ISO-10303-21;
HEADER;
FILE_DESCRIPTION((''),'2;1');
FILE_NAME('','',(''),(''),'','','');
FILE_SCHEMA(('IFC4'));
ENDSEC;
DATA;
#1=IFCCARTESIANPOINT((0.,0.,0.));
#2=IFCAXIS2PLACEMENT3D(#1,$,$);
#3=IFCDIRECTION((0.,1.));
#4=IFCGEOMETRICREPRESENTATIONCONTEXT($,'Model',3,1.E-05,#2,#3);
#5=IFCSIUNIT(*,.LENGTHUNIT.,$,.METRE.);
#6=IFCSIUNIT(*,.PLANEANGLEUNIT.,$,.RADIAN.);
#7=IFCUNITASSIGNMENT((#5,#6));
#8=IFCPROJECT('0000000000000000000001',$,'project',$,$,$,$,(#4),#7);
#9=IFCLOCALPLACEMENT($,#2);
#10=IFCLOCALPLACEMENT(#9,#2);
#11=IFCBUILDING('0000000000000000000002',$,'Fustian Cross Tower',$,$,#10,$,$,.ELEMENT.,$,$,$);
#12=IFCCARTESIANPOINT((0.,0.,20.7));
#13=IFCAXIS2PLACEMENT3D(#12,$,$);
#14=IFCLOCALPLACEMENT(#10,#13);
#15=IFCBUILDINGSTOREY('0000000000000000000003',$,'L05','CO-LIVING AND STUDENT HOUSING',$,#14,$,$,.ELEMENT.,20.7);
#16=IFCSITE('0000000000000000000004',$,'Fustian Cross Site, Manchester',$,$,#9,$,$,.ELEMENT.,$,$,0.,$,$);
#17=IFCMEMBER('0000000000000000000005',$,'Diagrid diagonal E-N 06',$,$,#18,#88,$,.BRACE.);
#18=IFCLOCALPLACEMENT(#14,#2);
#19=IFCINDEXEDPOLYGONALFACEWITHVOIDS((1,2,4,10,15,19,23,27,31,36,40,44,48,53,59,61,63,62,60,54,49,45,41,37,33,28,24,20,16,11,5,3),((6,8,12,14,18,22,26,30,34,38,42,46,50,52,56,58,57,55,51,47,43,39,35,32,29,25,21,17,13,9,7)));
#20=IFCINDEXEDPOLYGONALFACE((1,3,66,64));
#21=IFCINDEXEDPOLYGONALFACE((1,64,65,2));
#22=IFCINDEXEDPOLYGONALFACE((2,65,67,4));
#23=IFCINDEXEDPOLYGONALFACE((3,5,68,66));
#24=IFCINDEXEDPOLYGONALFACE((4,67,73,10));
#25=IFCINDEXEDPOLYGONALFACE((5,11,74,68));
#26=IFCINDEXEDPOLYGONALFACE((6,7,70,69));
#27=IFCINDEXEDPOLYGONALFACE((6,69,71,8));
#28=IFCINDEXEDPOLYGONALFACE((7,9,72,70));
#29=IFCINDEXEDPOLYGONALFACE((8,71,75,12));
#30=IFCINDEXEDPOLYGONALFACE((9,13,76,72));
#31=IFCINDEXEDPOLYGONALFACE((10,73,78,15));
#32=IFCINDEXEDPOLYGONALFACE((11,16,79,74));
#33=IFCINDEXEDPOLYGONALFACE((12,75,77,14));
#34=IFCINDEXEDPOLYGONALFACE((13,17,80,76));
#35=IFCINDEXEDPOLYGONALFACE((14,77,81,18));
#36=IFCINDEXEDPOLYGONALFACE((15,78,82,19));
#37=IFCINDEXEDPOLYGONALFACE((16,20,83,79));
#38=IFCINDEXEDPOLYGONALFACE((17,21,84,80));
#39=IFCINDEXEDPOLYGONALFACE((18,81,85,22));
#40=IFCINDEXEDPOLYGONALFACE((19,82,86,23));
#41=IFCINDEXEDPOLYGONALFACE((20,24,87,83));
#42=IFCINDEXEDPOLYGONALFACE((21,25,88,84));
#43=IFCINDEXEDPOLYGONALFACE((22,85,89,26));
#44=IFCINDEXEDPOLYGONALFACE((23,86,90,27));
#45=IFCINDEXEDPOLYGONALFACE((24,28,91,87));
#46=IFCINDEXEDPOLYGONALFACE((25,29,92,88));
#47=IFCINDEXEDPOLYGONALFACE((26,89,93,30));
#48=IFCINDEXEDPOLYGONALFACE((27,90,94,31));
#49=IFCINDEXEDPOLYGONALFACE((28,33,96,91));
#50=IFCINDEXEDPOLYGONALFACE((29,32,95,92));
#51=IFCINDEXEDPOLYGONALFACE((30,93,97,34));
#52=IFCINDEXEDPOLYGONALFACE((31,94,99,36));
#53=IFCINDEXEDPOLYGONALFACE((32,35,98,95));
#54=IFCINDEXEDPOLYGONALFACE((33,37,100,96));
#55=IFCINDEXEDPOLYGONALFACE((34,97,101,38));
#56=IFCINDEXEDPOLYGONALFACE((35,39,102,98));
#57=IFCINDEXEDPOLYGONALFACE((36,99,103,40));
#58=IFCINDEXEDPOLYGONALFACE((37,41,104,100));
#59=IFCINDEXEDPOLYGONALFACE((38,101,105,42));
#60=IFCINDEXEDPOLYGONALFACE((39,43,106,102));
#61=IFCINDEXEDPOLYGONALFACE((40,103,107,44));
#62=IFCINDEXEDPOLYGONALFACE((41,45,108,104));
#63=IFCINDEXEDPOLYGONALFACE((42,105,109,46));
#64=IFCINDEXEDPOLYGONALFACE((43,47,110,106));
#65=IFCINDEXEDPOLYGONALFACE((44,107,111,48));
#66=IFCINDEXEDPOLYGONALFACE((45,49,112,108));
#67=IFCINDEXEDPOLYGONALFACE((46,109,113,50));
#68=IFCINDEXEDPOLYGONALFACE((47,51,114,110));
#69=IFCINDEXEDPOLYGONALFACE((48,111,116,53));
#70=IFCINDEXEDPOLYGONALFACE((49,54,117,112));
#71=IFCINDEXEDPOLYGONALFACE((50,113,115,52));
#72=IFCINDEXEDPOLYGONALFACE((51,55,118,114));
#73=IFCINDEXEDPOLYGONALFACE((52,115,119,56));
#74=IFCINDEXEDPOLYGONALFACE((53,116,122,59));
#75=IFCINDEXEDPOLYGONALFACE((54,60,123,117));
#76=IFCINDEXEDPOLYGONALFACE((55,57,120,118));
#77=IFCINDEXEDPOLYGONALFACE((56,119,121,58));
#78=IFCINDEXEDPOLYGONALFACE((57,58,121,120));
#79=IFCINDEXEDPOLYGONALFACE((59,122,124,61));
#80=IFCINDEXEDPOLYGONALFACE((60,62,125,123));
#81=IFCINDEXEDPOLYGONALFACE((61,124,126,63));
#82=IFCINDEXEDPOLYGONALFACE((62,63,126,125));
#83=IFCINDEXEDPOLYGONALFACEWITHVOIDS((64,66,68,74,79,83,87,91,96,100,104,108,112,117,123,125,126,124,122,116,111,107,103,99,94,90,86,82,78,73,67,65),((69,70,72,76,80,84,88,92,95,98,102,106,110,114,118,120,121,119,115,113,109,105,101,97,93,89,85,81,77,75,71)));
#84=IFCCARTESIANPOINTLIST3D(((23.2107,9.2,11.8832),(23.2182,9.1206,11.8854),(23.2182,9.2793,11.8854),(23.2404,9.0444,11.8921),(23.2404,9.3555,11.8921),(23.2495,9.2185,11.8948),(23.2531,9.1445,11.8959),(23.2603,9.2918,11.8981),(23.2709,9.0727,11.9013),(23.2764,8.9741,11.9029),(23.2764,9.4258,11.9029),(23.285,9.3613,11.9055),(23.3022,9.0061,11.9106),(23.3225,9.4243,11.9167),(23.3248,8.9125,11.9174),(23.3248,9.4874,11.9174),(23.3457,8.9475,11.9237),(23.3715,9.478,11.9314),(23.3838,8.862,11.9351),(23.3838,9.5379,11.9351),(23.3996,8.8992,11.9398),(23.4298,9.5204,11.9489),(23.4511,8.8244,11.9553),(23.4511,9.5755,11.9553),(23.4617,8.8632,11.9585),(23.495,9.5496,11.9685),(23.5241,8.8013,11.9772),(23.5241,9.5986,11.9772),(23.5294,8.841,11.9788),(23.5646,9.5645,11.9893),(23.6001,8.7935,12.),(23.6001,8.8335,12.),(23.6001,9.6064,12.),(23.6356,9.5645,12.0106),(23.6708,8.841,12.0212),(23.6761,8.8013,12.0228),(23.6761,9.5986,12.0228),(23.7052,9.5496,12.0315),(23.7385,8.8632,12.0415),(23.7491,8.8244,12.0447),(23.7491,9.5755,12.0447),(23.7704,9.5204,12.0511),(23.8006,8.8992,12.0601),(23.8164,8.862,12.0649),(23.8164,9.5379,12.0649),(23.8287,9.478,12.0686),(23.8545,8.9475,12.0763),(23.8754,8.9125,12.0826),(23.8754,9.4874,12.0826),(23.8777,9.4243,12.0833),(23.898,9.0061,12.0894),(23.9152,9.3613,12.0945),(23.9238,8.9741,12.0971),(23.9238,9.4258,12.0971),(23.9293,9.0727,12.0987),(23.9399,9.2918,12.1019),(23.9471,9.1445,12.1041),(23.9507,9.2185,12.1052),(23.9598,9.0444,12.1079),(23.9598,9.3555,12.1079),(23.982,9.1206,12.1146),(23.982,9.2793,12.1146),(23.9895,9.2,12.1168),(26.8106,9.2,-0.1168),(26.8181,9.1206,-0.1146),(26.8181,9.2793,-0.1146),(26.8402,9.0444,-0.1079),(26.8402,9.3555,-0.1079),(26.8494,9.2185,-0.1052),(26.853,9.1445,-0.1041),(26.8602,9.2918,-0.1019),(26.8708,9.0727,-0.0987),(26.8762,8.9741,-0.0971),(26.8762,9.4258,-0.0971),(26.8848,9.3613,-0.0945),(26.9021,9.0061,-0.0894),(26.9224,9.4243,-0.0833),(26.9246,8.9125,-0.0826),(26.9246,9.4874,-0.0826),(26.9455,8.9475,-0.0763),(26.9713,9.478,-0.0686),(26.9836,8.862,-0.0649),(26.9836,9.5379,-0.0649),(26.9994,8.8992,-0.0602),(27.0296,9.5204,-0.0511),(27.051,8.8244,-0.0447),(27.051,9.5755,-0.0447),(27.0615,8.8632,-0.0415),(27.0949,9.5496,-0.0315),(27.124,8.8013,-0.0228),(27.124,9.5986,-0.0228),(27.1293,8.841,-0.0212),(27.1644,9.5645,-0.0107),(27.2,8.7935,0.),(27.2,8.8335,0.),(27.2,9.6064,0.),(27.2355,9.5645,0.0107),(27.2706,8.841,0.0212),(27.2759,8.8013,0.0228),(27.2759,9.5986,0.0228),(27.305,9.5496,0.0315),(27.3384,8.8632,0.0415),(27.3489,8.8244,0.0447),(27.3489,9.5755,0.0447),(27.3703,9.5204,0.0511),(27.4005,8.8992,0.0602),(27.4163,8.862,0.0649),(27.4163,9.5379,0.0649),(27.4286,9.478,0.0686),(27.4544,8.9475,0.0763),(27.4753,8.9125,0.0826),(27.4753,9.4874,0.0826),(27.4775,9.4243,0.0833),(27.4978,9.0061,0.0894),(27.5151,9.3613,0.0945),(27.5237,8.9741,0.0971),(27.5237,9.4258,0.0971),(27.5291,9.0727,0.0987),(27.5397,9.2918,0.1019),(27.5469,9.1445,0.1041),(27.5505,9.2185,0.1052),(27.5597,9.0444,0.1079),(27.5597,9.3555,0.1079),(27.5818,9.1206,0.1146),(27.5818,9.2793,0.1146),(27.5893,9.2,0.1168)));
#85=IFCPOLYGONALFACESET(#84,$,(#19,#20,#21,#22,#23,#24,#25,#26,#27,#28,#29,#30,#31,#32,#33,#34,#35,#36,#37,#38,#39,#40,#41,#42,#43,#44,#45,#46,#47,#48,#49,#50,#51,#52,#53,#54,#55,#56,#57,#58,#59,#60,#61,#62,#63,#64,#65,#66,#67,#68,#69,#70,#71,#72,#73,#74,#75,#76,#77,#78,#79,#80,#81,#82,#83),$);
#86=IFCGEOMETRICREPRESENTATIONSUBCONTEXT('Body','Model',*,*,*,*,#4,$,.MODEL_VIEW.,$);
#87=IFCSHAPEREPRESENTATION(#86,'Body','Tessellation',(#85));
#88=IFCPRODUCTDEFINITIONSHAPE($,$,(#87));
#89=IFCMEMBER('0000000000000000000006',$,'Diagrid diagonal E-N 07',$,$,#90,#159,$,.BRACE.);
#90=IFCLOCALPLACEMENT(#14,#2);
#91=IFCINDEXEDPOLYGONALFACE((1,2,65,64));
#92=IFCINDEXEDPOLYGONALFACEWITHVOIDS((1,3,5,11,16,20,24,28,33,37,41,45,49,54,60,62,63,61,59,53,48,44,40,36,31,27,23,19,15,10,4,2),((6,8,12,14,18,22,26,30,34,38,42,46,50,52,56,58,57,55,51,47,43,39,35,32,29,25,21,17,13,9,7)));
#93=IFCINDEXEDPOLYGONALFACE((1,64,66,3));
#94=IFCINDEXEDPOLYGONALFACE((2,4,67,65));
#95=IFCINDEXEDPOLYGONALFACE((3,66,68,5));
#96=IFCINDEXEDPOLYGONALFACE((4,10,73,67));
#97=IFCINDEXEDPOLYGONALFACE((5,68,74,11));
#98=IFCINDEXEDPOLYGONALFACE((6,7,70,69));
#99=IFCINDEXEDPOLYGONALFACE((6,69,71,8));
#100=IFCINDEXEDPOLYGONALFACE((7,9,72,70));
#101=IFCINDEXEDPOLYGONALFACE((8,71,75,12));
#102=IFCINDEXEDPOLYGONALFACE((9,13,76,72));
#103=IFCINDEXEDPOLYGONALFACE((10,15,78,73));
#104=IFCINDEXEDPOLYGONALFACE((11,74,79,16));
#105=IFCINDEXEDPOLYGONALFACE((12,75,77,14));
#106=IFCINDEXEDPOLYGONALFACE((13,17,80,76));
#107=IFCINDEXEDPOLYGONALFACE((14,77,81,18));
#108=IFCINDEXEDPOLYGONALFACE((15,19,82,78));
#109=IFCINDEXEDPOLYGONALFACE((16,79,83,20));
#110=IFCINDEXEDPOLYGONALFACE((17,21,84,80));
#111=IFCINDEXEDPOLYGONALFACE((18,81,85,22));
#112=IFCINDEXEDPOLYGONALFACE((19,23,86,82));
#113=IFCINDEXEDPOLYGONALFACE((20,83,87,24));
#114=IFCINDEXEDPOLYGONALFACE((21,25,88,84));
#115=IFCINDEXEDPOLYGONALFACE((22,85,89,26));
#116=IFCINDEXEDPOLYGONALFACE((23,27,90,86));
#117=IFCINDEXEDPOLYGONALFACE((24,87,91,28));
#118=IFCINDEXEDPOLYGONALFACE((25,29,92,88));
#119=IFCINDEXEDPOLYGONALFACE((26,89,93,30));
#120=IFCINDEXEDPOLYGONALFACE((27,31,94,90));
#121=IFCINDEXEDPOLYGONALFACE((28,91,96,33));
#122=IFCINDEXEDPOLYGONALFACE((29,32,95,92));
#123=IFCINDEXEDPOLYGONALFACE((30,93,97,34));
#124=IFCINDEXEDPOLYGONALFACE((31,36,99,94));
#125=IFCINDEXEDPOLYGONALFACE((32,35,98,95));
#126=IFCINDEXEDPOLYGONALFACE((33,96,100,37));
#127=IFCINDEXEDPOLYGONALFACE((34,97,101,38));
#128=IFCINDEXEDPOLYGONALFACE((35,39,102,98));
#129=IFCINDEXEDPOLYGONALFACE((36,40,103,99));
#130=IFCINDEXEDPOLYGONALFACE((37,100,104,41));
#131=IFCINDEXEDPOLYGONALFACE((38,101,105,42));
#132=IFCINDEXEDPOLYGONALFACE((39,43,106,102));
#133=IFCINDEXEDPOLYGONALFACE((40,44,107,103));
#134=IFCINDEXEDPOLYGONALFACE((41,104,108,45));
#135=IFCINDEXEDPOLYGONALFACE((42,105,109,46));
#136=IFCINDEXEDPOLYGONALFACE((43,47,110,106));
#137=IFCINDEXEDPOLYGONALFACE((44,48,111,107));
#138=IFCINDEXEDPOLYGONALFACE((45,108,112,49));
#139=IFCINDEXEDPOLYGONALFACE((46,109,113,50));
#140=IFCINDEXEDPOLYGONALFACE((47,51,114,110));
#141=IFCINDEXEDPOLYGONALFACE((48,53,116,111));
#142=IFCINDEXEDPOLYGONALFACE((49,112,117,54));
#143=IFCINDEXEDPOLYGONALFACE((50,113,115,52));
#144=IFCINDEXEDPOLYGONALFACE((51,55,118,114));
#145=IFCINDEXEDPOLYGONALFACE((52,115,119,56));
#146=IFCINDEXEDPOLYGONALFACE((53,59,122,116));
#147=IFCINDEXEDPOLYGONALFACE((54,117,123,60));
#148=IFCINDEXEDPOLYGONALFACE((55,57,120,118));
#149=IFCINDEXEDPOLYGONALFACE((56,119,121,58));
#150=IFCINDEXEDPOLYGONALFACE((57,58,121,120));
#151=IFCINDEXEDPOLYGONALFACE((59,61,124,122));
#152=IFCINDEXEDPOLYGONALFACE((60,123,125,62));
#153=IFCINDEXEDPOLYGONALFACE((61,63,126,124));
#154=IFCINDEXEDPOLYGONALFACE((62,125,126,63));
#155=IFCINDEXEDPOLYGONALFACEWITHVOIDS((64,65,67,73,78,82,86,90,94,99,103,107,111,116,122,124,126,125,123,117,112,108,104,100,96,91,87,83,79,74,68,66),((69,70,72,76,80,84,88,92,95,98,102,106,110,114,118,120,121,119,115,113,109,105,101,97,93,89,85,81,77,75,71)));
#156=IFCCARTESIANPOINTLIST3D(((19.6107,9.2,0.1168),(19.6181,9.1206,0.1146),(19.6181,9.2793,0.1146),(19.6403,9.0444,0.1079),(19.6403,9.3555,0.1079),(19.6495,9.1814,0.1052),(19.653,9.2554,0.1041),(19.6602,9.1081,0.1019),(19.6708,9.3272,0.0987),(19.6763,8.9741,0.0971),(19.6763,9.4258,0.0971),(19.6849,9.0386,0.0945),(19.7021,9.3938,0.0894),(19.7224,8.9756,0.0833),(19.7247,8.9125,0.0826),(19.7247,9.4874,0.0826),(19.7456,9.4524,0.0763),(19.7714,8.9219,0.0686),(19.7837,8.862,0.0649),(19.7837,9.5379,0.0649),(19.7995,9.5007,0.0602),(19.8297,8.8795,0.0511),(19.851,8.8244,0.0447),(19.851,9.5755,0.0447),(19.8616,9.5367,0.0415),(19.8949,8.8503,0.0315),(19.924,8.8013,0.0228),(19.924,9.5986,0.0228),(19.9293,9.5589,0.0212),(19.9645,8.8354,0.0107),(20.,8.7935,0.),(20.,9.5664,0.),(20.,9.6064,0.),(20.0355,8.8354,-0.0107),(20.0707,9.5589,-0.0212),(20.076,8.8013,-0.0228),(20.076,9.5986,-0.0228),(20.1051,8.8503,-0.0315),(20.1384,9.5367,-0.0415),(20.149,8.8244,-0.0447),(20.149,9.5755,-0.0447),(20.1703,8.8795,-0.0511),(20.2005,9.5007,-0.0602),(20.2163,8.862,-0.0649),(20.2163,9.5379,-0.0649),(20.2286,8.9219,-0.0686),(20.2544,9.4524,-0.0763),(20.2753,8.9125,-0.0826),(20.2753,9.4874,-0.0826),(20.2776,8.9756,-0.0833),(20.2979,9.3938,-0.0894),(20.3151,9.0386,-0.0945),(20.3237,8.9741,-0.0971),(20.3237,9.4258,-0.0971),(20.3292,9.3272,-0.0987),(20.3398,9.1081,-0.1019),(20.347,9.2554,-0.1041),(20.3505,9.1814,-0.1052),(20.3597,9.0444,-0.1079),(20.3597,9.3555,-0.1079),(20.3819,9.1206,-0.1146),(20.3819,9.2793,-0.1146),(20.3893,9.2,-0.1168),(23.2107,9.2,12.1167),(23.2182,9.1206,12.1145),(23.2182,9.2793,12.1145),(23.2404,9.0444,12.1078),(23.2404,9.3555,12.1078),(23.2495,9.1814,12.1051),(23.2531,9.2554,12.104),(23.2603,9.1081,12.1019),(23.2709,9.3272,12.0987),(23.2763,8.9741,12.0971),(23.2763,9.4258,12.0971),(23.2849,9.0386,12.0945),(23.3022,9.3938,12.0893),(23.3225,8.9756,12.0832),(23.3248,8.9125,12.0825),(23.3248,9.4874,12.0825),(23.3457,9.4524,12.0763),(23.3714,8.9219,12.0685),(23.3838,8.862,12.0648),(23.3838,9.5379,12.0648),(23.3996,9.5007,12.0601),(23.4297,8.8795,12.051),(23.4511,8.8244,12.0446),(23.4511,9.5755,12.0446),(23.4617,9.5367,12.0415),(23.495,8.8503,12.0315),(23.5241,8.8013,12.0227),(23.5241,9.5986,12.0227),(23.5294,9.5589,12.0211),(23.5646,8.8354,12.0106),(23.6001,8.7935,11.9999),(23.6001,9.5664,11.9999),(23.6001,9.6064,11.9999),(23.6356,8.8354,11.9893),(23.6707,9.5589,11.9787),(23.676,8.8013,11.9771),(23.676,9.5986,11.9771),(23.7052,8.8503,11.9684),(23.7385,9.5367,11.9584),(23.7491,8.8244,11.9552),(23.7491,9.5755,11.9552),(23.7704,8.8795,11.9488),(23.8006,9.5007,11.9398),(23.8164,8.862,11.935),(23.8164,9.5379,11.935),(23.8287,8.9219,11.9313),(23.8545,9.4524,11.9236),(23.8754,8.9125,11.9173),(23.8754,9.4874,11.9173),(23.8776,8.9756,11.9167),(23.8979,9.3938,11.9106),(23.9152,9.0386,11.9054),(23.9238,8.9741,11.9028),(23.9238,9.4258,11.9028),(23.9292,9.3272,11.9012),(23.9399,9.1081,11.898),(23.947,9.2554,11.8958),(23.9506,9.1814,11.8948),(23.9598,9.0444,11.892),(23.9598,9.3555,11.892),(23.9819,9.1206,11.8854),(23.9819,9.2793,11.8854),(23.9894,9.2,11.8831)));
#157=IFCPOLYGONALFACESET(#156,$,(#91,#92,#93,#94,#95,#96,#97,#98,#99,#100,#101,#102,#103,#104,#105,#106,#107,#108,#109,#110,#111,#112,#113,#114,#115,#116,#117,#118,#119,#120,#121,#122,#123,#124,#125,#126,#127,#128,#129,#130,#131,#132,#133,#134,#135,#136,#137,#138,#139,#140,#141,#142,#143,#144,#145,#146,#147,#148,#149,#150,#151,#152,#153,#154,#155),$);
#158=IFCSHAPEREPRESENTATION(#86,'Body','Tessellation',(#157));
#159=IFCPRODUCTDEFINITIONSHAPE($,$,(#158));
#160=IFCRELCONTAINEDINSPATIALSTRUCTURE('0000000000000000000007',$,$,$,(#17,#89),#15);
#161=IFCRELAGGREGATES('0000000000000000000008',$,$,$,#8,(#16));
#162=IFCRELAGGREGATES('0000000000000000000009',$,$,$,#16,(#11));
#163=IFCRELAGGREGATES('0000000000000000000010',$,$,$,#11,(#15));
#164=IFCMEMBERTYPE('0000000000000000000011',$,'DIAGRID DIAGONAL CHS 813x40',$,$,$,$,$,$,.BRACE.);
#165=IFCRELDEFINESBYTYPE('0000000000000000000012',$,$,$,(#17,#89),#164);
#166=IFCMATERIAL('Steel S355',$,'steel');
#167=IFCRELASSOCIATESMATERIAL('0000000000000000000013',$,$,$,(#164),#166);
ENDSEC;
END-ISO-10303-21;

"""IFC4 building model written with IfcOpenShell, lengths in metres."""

from ifc_helpers import new_model, si_unit, direction, frame, origin, origin_2d, place, context, subcontext, project, spatial, hollow_circle, extrude, material, material_profile, profile_set, type_object, element, save


model = new_model("IFC4")

# Units and contexts
model_context = context("Model", 3, precision=1e-05, world=origin(), true_north=direction((0.0, 1.0)))
body_context = subcontext(model_context, "Body", "Model", "MODEL_VIEW")
ifc_project = project(units=[si_unit("LENGTHUNIT", "METRE"), si_unit("PLANEANGLEUNIT", "RADIAN")], contexts=[model_context])

# Site, building, storey
site_placement = place(None, origin())
site = spatial("IfcSite", under=ifc_project, at=site_placement, Name="Fustian Cross Site, Manchester", CompositionType="ELEMENT", RefElevation=0.0)
building_placement = place(site_placement, origin())
building = spatial("IfcBuilding", under=site, at=building_placement, Name="Fustian Cross Tower", CompositionType="ELEMENT")
storey_placement = place(building_placement, frame((0.0, 0.0, 20.7)))
storey = spatial("IfcBuildingStorey", under=building, at=storey_placement, Name="L05", Description="CO-LIVING AND STUDENT HOUSING", CompositionType="ELEMENT", Elevation=20.7)

# Members
ifc_material_1 = material(Name="Steel S355", Category="steel")
ifc_material_profile_1 = material_profile(ifc_material_1, hollow_circle(Radius=0.4065, WallThickness=0.04, at=origin_2d()), Name="CHS 813x40")
ifc_profile_set_1 = profile_set([ifc_material_profile_1], Name="Steel S355")
member_type_1 = type_object("IfcMemberType", Name="DIAGRID DIAGONAL CHS 813x40", PredefinedType="BRACE", material=ifc_profile_set_1)
for number, where, z_axis, x_axis, name in (
    (1, (27.2, 9.2, 0.0), (-0.287337, 0.0, 0.95783), (0.0, -1.0, 0.0), "Diagrid diagonal E-N 06"),
    (2, (20.0, 9.2, 0.0), (0.287355, 0.0, 0.957824), (0.0, 1.0, 0.0), "Diagrid diagonal E-N 07"),
):
    element("IfcMember", number, at=place(storey_placement, frame(where, z_axis=z_axis, x_axis=x_axis)), inside=storey, type_object=member_type_1, Name=name, PredefinedType="BRACE", context=body_context, shape_type="SweptSolid", body=[
        extrude(hollow_circle(Radius=0.4065, WallThickness=0.04, at=origin_2d()), origin(), (0.0, 0.0, 1.0), 12.5283),
    ])

save(model, "model.ifc")
